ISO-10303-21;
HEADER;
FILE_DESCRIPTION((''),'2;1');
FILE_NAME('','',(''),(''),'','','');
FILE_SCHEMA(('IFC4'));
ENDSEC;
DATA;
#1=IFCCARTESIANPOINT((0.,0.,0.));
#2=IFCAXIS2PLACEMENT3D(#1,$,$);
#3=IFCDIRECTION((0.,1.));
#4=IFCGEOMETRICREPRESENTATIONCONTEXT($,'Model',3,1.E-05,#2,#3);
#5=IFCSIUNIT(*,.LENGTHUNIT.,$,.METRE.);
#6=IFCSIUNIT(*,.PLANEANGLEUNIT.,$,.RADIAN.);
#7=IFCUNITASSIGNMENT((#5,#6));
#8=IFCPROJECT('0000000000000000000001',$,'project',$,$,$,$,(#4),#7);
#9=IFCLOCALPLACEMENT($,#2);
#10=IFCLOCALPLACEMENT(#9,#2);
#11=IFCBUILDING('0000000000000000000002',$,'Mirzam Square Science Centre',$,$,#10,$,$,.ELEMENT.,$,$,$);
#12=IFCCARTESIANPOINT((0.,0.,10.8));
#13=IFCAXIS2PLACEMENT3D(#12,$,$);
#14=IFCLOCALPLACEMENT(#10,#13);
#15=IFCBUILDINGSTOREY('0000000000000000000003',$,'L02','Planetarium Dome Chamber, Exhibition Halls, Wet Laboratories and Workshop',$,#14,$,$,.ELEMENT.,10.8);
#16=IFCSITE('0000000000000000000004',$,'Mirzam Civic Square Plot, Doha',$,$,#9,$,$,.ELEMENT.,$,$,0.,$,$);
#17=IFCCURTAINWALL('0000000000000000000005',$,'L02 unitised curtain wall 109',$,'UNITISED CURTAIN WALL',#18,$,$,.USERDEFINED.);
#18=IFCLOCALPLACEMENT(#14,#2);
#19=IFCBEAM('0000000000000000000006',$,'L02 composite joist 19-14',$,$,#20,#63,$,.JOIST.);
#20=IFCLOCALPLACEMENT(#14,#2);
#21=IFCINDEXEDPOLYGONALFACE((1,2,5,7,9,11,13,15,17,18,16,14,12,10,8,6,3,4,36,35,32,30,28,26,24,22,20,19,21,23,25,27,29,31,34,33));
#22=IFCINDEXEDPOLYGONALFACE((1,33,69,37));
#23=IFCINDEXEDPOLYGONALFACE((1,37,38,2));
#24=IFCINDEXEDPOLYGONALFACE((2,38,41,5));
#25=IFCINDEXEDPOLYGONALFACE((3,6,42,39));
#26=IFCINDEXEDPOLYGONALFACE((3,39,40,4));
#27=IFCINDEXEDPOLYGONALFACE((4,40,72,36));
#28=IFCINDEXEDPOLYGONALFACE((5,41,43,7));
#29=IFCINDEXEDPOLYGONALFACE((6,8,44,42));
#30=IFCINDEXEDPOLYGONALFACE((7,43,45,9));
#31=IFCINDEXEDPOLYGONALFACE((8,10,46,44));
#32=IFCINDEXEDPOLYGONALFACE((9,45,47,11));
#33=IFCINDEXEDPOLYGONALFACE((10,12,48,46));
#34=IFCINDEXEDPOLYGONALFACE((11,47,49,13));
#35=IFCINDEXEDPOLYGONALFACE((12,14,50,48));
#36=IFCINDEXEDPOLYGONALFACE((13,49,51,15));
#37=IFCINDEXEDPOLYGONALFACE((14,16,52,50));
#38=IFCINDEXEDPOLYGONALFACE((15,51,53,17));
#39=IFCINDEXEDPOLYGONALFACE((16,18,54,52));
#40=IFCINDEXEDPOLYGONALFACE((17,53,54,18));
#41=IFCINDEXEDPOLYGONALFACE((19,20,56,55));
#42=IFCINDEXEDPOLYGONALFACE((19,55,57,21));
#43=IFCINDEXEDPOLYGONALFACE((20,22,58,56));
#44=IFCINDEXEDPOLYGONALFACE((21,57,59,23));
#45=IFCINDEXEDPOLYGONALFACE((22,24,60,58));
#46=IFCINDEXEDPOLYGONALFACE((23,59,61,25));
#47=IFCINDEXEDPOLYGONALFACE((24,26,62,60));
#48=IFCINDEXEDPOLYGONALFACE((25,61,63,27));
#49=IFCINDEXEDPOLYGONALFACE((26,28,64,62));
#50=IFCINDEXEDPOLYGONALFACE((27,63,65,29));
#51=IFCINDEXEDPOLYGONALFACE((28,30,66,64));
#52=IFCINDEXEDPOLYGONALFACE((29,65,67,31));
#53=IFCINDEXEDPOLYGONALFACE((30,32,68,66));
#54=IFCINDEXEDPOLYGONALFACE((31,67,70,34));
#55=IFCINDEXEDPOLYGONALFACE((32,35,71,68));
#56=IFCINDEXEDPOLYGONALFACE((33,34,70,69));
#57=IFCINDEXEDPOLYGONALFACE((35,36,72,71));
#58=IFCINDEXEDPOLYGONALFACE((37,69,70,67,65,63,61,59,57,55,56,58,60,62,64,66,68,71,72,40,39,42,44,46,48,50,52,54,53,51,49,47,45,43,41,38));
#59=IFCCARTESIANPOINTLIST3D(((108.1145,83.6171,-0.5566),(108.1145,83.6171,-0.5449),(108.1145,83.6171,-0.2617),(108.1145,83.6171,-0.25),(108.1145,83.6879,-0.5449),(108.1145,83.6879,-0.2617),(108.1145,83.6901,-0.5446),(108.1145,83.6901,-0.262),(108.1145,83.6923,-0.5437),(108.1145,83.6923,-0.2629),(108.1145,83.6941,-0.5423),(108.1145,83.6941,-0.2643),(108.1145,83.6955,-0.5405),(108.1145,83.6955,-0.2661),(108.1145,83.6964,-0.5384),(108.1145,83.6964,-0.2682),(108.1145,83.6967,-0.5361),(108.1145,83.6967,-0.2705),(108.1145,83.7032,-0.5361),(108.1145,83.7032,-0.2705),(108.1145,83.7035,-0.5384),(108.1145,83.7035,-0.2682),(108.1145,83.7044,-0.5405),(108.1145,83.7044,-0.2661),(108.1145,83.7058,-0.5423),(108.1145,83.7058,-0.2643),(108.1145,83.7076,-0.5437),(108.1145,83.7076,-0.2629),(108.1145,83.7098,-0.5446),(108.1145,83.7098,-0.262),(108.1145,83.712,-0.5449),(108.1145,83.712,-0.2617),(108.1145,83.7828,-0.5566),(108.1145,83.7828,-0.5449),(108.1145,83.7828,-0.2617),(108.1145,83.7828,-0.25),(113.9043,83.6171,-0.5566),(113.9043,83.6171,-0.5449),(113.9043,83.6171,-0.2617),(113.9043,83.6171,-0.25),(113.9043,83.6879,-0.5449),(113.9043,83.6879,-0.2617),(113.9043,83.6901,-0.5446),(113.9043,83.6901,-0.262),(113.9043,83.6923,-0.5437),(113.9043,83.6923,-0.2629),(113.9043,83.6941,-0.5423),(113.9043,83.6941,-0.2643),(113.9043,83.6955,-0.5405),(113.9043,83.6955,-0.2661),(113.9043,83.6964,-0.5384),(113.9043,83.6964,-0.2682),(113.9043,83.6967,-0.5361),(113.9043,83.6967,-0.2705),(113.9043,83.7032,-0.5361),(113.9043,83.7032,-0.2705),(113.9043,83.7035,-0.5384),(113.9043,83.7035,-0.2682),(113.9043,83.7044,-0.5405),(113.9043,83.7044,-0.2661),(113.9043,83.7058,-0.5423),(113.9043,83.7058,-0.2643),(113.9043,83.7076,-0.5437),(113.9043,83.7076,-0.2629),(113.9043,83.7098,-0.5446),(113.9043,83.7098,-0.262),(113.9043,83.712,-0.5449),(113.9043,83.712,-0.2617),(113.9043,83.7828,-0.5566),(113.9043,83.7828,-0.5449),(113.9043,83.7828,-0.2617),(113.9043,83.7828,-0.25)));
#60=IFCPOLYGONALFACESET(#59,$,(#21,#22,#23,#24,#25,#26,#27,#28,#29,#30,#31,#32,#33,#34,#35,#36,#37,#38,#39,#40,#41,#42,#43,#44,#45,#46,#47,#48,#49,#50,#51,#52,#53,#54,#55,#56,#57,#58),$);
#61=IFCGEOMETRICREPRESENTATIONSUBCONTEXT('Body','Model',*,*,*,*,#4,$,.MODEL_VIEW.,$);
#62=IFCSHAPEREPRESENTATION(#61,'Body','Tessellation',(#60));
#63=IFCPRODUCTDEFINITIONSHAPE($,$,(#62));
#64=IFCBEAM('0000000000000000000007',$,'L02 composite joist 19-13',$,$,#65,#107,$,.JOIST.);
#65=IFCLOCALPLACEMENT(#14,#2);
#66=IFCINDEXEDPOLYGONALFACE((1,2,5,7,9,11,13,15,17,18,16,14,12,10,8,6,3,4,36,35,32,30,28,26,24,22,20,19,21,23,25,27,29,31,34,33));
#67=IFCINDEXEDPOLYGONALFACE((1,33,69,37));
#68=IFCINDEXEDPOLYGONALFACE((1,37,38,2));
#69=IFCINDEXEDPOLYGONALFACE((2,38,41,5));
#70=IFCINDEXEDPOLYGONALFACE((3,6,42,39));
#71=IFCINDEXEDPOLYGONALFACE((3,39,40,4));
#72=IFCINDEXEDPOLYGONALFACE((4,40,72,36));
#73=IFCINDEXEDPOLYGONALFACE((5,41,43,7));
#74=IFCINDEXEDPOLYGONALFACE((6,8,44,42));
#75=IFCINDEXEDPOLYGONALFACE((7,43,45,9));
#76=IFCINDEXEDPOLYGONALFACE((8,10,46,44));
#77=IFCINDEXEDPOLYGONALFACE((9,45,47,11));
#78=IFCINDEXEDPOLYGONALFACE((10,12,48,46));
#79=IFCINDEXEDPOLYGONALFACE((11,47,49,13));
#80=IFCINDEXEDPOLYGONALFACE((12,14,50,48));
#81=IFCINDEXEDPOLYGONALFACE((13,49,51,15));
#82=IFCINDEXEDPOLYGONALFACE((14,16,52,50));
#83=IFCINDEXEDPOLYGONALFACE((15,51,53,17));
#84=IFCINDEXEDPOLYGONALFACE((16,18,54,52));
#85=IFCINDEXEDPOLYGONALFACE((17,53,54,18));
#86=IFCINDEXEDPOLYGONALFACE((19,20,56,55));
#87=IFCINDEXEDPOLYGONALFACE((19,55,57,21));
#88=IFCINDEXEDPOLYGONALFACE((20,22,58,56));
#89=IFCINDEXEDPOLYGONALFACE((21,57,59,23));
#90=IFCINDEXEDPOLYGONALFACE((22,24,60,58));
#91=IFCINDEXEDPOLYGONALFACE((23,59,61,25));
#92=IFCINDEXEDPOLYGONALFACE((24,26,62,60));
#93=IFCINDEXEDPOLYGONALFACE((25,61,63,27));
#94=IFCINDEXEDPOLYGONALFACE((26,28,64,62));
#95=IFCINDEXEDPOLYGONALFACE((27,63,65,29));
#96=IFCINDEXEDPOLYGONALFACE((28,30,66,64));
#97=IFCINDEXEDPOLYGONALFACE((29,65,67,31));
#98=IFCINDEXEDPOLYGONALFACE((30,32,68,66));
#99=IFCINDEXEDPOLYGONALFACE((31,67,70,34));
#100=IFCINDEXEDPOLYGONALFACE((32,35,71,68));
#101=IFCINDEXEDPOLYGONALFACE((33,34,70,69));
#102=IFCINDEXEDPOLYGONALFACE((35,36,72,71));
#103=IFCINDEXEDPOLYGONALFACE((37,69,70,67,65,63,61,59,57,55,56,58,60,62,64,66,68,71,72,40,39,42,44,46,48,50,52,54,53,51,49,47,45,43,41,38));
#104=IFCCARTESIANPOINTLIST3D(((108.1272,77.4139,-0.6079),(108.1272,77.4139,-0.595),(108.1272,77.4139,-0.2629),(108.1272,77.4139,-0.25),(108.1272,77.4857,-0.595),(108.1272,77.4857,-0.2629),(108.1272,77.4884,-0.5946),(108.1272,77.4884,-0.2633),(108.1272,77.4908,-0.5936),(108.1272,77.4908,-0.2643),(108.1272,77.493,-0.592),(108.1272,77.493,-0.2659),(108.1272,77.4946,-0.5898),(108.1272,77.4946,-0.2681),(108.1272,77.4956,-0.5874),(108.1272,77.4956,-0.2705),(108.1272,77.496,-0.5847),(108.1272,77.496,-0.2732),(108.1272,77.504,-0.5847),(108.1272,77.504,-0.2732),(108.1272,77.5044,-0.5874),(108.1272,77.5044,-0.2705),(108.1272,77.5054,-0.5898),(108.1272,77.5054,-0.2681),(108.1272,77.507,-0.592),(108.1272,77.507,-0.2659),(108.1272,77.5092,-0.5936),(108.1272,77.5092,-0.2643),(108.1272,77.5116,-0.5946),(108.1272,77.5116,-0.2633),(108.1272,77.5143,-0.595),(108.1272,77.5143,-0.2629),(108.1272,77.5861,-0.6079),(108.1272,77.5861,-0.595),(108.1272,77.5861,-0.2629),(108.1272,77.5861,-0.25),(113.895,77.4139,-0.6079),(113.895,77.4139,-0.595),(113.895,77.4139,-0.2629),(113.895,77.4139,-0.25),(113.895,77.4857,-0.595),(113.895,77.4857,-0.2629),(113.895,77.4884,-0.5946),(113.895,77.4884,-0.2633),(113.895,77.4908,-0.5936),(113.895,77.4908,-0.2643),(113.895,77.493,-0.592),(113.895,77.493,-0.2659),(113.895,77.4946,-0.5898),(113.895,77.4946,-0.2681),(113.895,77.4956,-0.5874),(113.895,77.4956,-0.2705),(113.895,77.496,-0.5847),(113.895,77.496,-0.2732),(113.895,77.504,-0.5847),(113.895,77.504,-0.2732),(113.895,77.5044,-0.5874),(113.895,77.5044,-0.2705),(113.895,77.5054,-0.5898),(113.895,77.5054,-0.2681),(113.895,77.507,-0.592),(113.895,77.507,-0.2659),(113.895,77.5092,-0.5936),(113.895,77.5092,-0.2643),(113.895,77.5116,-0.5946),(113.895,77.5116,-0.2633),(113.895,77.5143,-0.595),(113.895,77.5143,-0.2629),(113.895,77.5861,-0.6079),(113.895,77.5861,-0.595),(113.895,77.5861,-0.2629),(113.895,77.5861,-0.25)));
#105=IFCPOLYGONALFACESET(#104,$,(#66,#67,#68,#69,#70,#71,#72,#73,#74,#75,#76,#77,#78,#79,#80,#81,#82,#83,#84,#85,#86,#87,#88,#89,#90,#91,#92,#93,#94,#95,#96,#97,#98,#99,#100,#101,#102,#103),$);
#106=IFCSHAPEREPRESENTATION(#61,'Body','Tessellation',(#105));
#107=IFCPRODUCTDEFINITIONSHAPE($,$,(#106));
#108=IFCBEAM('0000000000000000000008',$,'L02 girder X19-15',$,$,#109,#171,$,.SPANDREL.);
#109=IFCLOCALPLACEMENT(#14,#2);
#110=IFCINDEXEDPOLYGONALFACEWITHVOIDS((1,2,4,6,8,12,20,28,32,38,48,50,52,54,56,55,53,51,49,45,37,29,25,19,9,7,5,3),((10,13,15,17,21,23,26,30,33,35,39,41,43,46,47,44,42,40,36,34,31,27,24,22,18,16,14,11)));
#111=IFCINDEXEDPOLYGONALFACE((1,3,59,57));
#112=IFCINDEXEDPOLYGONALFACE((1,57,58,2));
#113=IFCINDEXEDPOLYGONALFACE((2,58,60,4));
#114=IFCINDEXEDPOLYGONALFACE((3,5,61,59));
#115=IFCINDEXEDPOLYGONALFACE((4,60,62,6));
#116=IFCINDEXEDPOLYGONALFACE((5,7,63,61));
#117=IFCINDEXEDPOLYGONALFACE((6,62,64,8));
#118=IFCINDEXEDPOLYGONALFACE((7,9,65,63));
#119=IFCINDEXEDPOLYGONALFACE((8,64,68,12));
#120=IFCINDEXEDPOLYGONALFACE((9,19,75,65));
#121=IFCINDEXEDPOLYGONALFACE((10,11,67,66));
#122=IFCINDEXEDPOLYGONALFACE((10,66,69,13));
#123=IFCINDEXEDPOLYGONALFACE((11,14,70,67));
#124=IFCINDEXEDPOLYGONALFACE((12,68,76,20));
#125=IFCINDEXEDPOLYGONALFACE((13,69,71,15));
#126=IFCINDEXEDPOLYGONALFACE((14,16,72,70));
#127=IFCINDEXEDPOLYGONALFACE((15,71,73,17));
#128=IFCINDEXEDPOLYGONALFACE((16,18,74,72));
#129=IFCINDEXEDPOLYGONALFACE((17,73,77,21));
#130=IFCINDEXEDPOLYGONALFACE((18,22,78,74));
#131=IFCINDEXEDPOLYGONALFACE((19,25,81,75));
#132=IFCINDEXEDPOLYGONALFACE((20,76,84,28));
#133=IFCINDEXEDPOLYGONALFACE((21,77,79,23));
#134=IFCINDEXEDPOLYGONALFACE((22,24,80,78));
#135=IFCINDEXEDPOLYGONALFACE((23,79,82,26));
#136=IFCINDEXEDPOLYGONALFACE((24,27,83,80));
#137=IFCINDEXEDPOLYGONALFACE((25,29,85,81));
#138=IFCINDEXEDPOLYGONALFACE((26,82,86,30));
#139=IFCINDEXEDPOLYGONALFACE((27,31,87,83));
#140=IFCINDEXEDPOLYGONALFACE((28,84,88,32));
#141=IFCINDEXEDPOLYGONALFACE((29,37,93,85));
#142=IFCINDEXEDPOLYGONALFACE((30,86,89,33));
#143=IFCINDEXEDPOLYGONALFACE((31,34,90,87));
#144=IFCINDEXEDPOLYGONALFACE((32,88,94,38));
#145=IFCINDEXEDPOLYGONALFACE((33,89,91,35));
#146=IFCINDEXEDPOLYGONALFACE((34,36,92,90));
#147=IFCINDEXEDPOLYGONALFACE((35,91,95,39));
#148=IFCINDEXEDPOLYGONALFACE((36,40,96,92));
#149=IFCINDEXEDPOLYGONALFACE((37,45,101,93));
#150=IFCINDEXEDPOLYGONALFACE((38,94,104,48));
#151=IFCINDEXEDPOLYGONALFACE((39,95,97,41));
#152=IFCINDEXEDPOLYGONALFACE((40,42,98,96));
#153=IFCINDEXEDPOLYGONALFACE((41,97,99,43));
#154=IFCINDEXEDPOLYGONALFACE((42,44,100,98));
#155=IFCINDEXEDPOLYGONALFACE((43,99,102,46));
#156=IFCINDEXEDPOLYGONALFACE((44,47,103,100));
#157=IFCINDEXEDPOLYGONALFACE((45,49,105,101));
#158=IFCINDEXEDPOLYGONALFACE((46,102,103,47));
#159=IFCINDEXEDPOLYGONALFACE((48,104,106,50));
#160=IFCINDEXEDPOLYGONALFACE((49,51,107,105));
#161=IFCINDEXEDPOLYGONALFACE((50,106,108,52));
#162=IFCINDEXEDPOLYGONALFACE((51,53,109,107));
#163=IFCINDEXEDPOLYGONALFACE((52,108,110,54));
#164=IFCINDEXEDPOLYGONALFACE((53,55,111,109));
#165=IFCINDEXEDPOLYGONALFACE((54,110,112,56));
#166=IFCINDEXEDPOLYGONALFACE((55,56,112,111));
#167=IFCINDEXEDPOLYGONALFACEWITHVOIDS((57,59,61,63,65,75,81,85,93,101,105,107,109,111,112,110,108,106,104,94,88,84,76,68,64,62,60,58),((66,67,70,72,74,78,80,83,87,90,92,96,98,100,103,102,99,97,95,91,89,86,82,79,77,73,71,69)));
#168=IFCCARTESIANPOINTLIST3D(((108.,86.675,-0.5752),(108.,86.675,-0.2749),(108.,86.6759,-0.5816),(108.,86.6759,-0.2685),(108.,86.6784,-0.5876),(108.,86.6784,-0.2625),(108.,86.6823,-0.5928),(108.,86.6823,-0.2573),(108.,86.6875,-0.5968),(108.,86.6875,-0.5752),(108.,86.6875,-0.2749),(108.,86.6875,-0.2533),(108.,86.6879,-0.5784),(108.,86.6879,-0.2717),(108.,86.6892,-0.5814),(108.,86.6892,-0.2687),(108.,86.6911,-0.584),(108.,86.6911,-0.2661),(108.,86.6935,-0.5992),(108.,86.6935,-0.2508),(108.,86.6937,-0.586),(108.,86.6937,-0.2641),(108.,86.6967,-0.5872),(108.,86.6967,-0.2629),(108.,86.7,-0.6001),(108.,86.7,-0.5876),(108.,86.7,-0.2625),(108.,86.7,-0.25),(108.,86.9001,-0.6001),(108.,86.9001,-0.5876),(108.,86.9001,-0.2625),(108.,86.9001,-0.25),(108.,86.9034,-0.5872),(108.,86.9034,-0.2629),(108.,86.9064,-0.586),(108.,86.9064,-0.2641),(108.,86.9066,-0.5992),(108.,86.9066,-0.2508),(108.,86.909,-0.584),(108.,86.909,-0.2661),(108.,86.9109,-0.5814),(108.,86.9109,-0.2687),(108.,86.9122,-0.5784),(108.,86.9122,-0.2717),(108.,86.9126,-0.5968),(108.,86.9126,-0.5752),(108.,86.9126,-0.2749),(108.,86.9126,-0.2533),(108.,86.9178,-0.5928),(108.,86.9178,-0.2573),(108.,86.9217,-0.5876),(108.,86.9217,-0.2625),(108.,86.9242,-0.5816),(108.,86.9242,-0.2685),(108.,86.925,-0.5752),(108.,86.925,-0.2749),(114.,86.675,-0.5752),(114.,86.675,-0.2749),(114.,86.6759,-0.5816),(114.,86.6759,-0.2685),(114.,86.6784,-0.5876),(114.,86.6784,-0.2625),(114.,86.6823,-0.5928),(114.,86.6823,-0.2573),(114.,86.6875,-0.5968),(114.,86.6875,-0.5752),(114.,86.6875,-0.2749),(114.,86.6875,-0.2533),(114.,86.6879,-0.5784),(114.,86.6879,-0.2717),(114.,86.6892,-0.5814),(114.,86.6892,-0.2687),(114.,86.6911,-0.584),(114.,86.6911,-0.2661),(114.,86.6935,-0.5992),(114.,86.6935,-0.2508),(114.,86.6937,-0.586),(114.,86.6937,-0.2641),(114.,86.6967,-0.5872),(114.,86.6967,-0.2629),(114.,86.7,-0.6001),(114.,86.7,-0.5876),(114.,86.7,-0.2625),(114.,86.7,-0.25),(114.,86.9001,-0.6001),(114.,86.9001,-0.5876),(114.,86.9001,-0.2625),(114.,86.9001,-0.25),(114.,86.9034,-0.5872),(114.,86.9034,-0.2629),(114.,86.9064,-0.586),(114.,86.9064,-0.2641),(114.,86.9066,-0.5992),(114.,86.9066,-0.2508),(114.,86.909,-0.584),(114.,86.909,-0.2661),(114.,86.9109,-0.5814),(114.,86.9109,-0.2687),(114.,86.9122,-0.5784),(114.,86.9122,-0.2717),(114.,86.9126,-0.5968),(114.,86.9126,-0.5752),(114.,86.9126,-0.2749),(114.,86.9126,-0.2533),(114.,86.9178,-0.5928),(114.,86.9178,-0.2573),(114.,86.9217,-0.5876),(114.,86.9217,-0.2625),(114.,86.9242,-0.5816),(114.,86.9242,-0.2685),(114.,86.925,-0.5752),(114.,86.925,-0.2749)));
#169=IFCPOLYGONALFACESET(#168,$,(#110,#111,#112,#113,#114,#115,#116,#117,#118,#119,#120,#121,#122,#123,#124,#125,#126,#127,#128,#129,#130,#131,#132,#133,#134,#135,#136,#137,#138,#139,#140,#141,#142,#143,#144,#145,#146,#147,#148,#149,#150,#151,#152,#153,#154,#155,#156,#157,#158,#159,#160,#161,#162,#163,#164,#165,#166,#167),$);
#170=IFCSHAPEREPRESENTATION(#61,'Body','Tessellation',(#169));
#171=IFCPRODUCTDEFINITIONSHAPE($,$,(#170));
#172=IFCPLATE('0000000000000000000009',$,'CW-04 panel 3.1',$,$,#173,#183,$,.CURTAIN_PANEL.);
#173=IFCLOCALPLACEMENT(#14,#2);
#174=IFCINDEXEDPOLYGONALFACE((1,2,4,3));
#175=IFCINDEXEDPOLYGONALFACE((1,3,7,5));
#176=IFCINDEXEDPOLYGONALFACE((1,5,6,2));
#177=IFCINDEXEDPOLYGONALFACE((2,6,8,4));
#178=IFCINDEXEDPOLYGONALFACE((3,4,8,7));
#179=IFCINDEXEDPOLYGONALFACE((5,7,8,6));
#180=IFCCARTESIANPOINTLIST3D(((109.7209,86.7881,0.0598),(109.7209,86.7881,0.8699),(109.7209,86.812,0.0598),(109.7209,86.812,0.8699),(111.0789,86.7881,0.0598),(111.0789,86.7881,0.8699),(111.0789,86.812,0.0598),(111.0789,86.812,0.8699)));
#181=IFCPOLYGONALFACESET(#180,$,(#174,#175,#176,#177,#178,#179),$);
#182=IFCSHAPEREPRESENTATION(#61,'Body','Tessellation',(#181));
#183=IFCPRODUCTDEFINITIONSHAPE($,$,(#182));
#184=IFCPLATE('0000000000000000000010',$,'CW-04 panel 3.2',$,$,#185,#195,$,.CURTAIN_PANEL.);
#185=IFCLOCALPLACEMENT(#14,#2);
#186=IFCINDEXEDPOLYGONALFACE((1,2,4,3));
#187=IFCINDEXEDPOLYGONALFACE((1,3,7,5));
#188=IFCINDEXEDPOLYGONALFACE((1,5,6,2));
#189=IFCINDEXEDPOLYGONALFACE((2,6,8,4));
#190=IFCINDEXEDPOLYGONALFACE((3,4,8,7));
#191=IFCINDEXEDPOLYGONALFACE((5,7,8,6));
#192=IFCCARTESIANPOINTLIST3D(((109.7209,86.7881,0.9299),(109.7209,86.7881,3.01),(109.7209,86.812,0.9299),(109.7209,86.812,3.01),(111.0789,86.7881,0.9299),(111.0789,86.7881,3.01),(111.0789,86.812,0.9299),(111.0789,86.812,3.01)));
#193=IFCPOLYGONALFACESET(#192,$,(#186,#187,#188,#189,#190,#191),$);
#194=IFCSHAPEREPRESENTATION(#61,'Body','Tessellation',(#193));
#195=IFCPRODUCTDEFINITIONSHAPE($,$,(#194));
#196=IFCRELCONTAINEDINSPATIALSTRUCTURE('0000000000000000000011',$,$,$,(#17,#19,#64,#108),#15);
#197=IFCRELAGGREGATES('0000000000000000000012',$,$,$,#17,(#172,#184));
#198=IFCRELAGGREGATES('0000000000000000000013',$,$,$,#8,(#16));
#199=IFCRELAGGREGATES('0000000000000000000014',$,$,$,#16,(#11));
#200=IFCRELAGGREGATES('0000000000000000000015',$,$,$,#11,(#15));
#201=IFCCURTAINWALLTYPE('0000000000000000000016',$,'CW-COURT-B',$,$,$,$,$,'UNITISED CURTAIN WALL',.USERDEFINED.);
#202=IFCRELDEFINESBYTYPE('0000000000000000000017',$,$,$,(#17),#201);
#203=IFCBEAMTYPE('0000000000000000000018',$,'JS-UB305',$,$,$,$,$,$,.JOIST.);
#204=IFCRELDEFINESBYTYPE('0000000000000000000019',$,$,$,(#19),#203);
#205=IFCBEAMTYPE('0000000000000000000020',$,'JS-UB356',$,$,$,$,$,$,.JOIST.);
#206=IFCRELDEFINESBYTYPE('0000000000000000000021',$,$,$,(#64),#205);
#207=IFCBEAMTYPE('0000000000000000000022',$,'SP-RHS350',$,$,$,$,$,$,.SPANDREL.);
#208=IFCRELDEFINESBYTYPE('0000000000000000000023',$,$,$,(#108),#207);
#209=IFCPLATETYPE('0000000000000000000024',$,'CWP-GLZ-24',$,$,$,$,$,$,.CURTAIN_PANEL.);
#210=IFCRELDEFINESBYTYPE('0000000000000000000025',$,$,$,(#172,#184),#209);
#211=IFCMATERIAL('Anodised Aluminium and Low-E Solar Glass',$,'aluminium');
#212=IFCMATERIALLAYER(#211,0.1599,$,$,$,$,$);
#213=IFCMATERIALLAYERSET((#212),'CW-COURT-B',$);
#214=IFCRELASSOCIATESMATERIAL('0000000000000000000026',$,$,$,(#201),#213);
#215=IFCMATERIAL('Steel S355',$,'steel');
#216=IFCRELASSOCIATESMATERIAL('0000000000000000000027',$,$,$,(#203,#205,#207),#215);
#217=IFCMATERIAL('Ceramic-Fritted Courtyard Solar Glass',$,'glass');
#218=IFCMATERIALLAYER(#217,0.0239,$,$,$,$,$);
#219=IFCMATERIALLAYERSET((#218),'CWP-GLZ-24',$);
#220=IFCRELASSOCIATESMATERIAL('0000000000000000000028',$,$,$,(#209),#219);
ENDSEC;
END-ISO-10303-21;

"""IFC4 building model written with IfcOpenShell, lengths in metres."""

from ifc_helpers import new_model, si_unit, direction, frame, origin, origin_2d, place, context, subcontext, project, spatial, rectangle, hollow_rectangle, i_section, extrude, material, layer, layer_set, material_profile, profile_set, type_object, element, aggregate, save


model = new_model("IFC4")

# Units and contexts
model_context = context("Model", 3, precision=1e-05, world=origin(), true_north=direction((0.0, 1.0)))
body_context = subcontext(model_context, "Body", "Model", "MODEL_VIEW")
ifc_project = project(units=[si_unit("LENGTHUNIT", "METRE"), si_unit("PLANEANGLEUNIT", "RADIAN")], contexts=[model_context])

# Site, building, storey
site_placement = place(None, origin())
site = spatial("IfcSite", under=ifc_project, at=site_placement, Name="Mirzam Civic Square Plot, Doha", CompositionType="ELEMENT", RefElevation=0.0)
building_placement = place(site_placement, origin())
building = spatial("IfcBuilding", under=site, at=building_placement, Name="Mirzam Square Science Centre", CompositionType="ELEMENT")
storey_placement = place(building_placement, frame((0.0, 0.0, 10.8)))
storey = spatial("IfcBuildingStorey", under=building, at=storey_placement, Name="L02", Description="Planetarium Dome Chamber, Exhibition Halls, Wet Laboratories and Workshop", CompositionType="ELEMENT", Elevation=10.8)

# Shared definitions
ifc_material_1 = material(Name="Steel S355", Category="steel")

# Curtain wall
ifc_material_2 = material(Name="Anodised Aluminium and Low-E Solar Glass", Category="aluminium")
ifc_layer_1 = layer(ifc_material_2, 0.1599)
ifc_layer_set_1 = layer_set([ifc_layer_1], Name="CW-COURT-B")
curtain_wall_type = type_object("IfcCurtainWallType", Name="CW-COURT-B", ElementType="UNITISED CURTAIN WALL", PredefinedType="USERDEFINED", material=ifc_layer_set_1)
curtain_wall_placement = place(storey_placement, origin())
curtain_wall = element("IfcCurtainWall", 1, at=curtain_wall_placement, inside=storey, type_object=curtain_wall_type, Name="L02 unitised curtain wall 109", ObjectType="UNITISED CURTAIN WALL", PredefinedType="USERDEFINED")

# Beams
ifc_material_profile_1 = material_profile(ifc_material_1, i_section(OverallWidth=0.1658, OverallDepth=0.3066, WebThickness=0.0066, FlangeThickness=0.0117, FilletRadius=0.0088, at=origin_2d()), Name="305x165x46UB")
ifc_profile_set_1 = profile_set([ifc_material_profile_1], Name="Steel S355")
beam_type_1 = type_object("IfcBeamType", Name="JS-UB305", PredefinedType="JOIST", material=ifc_profile_set_1)
beam_1_placement = place(storey_placement, frame((108.1145, 83.7, -0.4033), z_axis=(1.0, 0.0, 0.0), x_axis=(0.0, 1.0, 0.0)))
element("IfcBeam", 2, at=beam_1_placement, inside=storey, type_object=beam_type_1, Name="L02 composite joist 19-14", PredefinedType="JOIST", context=body_context, shape_type="SweptSolid", body=[
    extrude(i_section(OverallWidth=0.1658, OverallDepth=0.3066, WebThickness=0.0066, FlangeThickness=0.0117, FilletRadius=0.0088, at=origin_2d()), origin(), (0.0, 0.0, 1.0), 5.7898),
])
ifc_material_profile_2 = material_profile(ifc_material_1, i_section(OverallWidth=0.1721, OverallDepth=0.3579, WebThickness=0.0081, FlangeThickness=0.0129, FilletRadius=0.0103, at=origin_2d()), Name="356x171x57UB")
ifc_profile_set_2 = profile_set([ifc_material_profile_2], Name="Steel S355")
beam_type_2 = type_object("IfcBeamType", Name="JS-UB356", PredefinedType="JOIST", material=ifc_profile_set_2)
beam_2_placement = place(storey_placement, frame((108.1272, 77.5, -0.429), z_axis=(1.0, 0.0, 0.0), x_axis=(0.0, 1.0, 0.0)))
element("IfcBeam", 3, at=beam_2_placement, inside=storey, type_object=beam_type_2, Name="L02 composite joist 19-13", PredefinedType="JOIST", context=body_context, shape_type="SweptSolid", body=[
    extrude(i_section(OverallWidth=0.1721, OverallDepth=0.3579, WebThickness=0.0081, FlangeThickness=0.0129, FilletRadius=0.0103, at=origin_2d()), origin(), (0.0, 0.0, 1.0), 5.7678),
])
ifc_material_profile_3 = material_profile(ifc_material_1, hollow_rectangle(XDim=0.25, YDim=0.3501, WallThickness=0.0125, InnerFilletRadius=0.0125, OuterFilletRadius=0.0249, at=origin_2d()), Name="350x250x12.5RHS")
ifc_profile_set_3 = profile_set([ifc_material_profile_3], Name="Steel S355")
beam_type_3 = type_object("IfcBeamType", Name="SP-RHS350", PredefinedType="SPANDREL", material=ifc_profile_set_3)
beam_3_placement = place(storey_placement, frame((108.0, 86.8, -0.425), z_axis=(1.0, 0.0, 0.0), x_axis=(0.0, 1.0, 0.0)))
element("IfcBeam", 4, at=beam_3_placement, inside=storey, type_object=beam_type_3, Name="L02 girder X19-15", PredefinedType="SPANDREL", context=body_context, shape_type="SweptSolid", body=[
    extrude(hollow_rectangle(XDim=0.25, YDim=0.3501, WallThickness=0.0125, InnerFilletRadius=0.0125, OuterFilletRadius=0.0249, at=origin_2d()), origin(), (0.0, 0.0, 1.0), 6.0),
])

# Plates
ifc_material_3 = material(Name="Ceramic-Fritted Courtyard Solar Glass", Category="glass")
ifc_layer_2 = layer(ifc_material_3, 0.0239)
ifc_layer_set_2 = layer_set([ifc_layer_2], Name="CWP-GLZ-24")
plate_type = type_object("IfcPlateType", Name="CWP-GLZ-24", PredefinedType="CURTAIN_PANEL", material=ifc_layer_set_2)
plate_1_placement = place(storey_placement, frame((110.3999, 86.8, 0.0598), z_axis=(0.0, 0.0, 1.0), x_axis=(-1.0, 0.0, 0.0)))
plate_1 = element("IfcPlate", 5, at=plate_1_placement, type_object=plate_type, Name="CW-04 panel 3.1", PredefinedType="CURTAIN_PANEL", context=body_context, shape_type="SweptSolid", body=[
    extrude(rectangle(XDim=1.3579, YDim=0.0239, at=origin_2d()), origin(), (0.0, 0.0, 1.0), 0.8101),
])
plate_2_placement = place(storey_placement, frame((110.3999, 86.8, 0.9299), z_axis=(0.0, 0.0, 1.0), x_axis=(-1.0, 0.0, 0.0)))
plate_2 = element("IfcPlate", 6, at=plate_2_placement, type_object=plate_type, Name="CW-04 panel 3.2", PredefinedType="CURTAIN_PANEL", context=body_context, shape_type="SweptSolid", body=[
    extrude(rectangle(XDim=1.3579, YDim=0.0239, at=origin_2d()), origin(), (0.0, 0.0, 1.0), 2.0801),
])
aggregate(curtain_wall, [plate_1, plate_2])

save(model, "model.ifc")
